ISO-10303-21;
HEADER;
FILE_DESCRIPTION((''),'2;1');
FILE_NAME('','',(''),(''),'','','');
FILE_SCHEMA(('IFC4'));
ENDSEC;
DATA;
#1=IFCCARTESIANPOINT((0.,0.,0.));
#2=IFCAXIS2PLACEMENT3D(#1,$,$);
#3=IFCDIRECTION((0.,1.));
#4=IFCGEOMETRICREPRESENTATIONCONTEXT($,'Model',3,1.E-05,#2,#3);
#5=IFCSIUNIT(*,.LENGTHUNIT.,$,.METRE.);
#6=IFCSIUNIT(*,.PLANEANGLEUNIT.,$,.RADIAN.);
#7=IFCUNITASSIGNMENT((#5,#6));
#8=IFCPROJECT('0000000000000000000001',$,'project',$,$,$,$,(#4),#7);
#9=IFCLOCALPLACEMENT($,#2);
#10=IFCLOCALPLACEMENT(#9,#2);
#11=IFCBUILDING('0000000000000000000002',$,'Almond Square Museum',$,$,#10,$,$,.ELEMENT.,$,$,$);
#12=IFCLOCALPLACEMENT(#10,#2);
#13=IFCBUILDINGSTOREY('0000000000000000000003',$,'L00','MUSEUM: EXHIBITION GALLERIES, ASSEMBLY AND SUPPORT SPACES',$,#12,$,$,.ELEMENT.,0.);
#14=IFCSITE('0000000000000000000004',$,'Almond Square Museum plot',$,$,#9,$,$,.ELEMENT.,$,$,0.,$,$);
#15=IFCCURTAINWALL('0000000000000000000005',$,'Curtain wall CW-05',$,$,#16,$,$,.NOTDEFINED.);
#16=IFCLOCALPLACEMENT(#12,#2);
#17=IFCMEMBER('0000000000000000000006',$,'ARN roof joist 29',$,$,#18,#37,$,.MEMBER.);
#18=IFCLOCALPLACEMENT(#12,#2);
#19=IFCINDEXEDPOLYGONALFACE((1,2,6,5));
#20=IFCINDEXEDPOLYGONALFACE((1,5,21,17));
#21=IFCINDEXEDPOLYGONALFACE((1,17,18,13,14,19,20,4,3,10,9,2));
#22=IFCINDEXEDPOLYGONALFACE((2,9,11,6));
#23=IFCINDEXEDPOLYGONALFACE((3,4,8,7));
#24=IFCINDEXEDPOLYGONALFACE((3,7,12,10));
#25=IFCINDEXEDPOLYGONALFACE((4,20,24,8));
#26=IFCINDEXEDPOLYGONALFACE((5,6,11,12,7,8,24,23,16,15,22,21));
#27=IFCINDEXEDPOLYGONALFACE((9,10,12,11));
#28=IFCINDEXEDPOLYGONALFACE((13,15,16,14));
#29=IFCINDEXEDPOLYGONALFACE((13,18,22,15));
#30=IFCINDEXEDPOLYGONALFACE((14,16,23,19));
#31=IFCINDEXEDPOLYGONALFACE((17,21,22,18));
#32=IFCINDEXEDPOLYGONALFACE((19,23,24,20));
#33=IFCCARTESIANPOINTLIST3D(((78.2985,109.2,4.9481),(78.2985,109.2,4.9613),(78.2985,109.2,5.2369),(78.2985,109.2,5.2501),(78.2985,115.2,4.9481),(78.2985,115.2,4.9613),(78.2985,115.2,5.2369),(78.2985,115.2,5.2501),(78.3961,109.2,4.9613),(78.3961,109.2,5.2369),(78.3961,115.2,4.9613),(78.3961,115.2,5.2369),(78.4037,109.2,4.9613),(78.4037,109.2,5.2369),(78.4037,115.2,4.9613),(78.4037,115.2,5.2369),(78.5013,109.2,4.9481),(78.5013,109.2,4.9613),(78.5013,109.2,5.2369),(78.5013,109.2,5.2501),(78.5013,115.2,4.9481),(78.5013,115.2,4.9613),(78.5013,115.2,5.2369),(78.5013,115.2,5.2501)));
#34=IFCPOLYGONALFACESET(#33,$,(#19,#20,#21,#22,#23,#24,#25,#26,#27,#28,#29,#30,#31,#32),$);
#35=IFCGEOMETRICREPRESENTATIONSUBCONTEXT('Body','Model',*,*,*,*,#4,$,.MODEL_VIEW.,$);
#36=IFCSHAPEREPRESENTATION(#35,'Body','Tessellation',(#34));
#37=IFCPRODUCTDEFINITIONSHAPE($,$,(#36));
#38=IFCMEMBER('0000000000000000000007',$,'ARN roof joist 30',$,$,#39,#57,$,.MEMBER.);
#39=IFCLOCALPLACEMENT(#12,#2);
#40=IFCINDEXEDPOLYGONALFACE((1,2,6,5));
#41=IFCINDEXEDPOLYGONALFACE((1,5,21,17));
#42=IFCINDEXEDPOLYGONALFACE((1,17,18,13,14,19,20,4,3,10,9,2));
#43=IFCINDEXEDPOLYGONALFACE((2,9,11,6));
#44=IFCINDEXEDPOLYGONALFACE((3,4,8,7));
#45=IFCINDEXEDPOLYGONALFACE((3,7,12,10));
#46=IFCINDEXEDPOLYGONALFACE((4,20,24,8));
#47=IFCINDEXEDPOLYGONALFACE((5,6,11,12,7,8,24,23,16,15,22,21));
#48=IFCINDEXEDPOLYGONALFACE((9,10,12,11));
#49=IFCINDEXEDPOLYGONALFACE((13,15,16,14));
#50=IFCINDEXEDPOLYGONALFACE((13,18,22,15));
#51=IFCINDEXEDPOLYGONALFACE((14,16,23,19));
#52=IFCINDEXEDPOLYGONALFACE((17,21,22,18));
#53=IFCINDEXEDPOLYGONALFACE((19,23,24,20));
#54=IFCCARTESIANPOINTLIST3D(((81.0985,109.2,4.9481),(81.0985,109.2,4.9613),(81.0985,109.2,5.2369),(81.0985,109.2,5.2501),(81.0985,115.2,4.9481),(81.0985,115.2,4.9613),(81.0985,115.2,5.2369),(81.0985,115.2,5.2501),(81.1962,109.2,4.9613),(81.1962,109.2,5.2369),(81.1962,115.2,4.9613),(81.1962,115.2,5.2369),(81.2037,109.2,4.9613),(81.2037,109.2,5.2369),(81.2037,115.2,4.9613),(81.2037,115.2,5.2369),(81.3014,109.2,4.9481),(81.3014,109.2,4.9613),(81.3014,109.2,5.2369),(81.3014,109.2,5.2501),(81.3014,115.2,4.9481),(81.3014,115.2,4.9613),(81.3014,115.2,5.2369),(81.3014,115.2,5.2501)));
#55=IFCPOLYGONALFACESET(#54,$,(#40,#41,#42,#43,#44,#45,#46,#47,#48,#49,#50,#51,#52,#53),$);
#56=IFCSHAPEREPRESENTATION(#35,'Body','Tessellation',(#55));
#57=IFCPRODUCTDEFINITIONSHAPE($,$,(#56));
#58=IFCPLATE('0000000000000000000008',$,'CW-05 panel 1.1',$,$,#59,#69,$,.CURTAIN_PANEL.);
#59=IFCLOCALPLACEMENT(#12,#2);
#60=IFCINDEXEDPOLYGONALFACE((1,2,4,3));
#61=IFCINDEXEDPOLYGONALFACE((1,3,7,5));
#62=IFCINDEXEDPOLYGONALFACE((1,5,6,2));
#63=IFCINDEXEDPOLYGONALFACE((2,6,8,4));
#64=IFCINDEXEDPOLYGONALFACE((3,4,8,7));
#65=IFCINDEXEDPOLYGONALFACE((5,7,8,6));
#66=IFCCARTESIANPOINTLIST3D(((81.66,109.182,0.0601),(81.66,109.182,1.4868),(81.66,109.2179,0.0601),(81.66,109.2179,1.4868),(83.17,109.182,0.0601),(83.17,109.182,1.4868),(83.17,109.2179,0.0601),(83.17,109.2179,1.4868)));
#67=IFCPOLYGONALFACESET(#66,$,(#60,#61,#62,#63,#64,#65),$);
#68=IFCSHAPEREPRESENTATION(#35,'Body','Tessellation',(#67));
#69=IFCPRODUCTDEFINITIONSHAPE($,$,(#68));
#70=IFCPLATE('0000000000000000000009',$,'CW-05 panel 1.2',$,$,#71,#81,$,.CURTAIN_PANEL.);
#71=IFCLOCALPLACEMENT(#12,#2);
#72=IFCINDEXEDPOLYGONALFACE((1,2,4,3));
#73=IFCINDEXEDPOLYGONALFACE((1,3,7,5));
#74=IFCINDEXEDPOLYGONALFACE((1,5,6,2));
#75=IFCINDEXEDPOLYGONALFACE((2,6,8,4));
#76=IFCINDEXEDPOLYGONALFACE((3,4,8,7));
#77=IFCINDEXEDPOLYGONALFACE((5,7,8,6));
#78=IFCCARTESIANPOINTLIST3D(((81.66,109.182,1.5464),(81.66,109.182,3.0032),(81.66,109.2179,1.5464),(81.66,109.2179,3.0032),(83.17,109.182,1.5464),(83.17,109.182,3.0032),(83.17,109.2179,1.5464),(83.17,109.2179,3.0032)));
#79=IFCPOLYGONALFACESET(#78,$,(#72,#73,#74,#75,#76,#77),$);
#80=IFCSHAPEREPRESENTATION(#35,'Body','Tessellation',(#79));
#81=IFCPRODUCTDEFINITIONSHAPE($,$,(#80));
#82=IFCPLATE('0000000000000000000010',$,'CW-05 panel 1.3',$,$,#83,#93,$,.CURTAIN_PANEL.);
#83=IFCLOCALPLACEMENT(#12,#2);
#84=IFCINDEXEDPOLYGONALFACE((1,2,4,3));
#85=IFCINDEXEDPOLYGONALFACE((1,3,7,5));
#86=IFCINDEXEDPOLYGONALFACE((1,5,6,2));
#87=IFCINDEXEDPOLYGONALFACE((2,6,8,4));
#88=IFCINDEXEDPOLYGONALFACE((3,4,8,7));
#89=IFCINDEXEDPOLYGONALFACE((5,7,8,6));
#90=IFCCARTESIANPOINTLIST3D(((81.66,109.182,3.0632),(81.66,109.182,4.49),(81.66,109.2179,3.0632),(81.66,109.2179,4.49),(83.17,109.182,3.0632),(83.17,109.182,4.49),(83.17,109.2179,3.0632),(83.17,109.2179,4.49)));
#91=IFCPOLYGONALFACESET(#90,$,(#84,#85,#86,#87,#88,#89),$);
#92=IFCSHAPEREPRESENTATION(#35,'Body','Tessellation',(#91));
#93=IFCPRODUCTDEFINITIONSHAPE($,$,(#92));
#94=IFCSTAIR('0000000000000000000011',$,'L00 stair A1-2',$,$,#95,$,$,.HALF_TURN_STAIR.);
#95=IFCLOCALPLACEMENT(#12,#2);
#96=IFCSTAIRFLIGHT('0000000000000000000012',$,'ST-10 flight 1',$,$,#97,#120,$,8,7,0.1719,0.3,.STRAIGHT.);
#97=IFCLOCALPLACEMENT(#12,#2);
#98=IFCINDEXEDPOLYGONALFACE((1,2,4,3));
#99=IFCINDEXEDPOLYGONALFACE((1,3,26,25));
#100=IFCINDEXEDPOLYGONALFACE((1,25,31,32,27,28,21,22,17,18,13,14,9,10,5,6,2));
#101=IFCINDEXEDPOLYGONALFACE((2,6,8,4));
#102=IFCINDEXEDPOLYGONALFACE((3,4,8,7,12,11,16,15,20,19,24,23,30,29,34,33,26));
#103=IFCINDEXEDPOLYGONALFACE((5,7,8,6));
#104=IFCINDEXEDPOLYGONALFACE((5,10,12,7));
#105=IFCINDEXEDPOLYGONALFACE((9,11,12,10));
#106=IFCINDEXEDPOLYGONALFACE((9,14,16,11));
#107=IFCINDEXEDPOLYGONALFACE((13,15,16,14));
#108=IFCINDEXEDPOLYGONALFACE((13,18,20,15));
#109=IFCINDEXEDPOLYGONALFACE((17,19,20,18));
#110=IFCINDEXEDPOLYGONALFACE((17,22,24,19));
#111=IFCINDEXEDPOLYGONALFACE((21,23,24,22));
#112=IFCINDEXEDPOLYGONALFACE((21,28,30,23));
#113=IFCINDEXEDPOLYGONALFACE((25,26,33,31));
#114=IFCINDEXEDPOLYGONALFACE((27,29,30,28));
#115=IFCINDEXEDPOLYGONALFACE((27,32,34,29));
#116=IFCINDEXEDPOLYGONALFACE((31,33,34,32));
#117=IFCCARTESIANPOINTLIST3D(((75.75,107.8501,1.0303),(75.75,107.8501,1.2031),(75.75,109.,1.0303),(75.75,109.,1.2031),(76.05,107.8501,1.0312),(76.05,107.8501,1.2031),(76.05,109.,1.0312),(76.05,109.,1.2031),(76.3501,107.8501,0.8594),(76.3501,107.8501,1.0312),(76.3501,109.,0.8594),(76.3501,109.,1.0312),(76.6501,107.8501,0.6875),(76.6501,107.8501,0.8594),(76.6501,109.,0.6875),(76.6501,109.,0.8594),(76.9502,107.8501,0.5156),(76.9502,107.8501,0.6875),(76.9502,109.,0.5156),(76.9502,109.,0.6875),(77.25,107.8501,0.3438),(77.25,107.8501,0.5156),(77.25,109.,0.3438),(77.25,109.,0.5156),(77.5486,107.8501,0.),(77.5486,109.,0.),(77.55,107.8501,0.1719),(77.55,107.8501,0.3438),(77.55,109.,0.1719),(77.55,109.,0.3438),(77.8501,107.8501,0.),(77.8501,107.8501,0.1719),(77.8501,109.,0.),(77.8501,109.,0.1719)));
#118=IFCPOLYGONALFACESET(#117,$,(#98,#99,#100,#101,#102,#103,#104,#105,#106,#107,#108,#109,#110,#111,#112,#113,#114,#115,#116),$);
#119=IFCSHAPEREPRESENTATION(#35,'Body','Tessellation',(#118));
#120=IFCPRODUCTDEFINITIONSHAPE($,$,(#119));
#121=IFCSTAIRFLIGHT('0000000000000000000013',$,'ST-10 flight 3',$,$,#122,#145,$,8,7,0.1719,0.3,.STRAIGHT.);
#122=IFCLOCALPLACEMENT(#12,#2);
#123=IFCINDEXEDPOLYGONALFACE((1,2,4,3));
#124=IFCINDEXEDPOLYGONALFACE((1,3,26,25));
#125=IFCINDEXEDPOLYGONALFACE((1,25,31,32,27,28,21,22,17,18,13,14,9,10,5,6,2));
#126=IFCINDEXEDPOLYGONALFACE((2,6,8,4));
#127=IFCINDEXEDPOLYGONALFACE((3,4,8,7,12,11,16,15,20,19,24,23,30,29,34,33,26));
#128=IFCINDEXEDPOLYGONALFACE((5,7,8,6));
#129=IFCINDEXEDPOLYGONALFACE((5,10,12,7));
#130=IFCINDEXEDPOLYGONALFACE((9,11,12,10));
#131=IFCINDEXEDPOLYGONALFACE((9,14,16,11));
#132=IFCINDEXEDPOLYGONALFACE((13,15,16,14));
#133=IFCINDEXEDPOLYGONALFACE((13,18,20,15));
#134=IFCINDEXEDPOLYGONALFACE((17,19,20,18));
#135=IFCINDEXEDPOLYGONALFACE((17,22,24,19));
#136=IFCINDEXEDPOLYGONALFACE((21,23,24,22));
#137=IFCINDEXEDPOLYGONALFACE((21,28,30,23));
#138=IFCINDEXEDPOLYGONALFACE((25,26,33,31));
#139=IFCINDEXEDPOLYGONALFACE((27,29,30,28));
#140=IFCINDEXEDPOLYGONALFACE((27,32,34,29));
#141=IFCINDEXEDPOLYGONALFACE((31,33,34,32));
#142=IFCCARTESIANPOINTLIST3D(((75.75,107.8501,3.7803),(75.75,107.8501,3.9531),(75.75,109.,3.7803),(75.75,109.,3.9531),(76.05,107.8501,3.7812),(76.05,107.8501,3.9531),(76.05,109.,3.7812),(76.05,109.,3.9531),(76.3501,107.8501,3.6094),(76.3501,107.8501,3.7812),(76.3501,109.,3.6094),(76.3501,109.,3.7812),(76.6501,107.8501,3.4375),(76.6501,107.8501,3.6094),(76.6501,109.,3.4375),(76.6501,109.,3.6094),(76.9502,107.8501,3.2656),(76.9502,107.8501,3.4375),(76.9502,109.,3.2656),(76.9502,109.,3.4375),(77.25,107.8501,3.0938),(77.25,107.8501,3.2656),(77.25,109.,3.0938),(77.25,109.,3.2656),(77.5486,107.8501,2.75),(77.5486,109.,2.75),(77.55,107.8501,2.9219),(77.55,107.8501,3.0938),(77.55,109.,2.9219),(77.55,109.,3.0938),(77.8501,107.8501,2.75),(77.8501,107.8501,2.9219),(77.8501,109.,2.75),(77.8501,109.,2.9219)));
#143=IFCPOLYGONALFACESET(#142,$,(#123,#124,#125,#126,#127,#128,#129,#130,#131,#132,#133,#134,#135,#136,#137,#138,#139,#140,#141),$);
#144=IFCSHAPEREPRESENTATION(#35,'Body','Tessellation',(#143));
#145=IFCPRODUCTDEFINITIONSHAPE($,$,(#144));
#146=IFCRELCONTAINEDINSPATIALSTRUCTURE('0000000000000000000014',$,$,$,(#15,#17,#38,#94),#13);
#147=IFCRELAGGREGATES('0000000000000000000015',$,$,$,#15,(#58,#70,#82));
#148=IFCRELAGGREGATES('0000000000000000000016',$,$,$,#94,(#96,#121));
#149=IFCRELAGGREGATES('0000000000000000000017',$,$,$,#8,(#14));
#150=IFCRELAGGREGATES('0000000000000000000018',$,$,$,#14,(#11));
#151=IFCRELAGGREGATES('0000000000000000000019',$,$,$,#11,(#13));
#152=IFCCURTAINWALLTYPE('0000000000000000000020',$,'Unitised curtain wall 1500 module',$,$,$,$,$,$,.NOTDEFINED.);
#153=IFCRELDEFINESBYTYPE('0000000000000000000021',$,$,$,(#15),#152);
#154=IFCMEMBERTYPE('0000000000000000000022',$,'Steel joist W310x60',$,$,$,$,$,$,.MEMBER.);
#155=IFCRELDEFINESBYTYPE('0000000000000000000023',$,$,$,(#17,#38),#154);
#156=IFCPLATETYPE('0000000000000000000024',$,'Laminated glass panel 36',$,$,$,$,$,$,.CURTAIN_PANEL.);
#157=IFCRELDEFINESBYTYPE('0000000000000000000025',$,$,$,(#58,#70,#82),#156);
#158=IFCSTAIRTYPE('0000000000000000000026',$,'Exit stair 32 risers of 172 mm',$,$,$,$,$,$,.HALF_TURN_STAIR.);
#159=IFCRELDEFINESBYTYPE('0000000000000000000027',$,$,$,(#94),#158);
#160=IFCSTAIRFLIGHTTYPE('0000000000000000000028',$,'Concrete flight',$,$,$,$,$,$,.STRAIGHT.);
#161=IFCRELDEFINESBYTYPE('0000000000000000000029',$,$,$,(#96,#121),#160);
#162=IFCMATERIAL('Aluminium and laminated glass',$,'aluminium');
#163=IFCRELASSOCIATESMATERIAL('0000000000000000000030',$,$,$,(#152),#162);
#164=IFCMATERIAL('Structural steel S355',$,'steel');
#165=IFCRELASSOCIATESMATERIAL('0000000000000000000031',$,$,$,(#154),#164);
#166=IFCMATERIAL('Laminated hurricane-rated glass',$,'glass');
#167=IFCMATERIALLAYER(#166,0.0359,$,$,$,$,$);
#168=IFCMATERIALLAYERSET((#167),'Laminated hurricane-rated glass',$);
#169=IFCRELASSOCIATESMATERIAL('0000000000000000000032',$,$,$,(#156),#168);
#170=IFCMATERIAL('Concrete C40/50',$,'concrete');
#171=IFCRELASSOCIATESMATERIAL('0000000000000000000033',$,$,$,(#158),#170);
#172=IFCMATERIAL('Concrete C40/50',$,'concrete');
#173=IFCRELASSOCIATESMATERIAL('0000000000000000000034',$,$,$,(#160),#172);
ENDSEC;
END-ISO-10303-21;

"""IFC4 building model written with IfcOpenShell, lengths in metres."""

from ifc_helpers import new_model, si_unit, direction, frame, origin, origin_2d, place, context, subcontext, project, spatial, polyline, rectangle, i_section, outline, extrude, material, layer, layer_set, material_profile, profile_set, type_object, element, aggregate, save


model = new_model("IFC4")

# Units and contexts
model_context = context("Model", 3, precision=1e-05, world=origin(), true_north=direction((0.0, 1.0)))
body_context = subcontext(model_context, "Body", "Model", "MODEL_VIEW")
ifc_project = project(units=[si_unit("LENGTHUNIT", "METRE"), si_unit("PLANEANGLEUNIT", "RADIAN")], contexts=[model_context])

# Site, building, storey
site_placement = place(None, origin())
site = spatial("IfcSite", under=ifc_project, at=site_placement, Name="Almond Square Museum plot", CompositionType="ELEMENT", RefElevation=0.0)
building_placement = place(site_placement, origin())
building = spatial("IfcBuilding", under=site, at=building_placement, Name="Almond Square Museum", CompositionType="ELEMENT")
storey_placement = place(building_placement, origin())
storey = spatial("IfcBuildingStorey", under=building, at=storey_placement, Name="L00", Description="MUSEUM: EXHIBITION GALLERIES, ASSEMBLY AND SUPPORT SPACES", CompositionType="ELEMENT", Elevation=0.0)

# Curtain wall
ifc_material_1 = material(Name="Aluminium and laminated glass", Category="aluminium")
curtain_wall_type = type_object("IfcCurtainWallType", Name="Unitised curtain wall 1500 module", PredefinedType="NOTDEFINED", material=ifc_material_1)
curtain_wall_placement = place(storey_placement, origin())
curtain_wall = element("IfcCurtainWall", 1, at=curtain_wall_placement, inside=storey, type_object=curtain_wall_type, Name="Curtain wall CW-05", PredefinedType="NOTDEFINED")

# Members
ifc_material_2 = material(Name="Structural steel S355", Category="steel")
ifc_material_profile_1 = material_profile(ifc_material_2, i_section(OverallWidth=0.2029, OverallDepth=0.302, WebThickness=0.0076, FlangeThickness=0.0132, at=origin_2d()))
ifc_profile_set_1 = profile_set([ifc_material_profile_1], Name="Structural steel S355")
member_type_1 = type_object("IfcMemberType", Name="Steel joist W310x60", PredefinedType="MEMBER", material=ifc_profile_set_1)
for number, where, z_axis, x_axis, name in (
    (2, (78.3999, 109.2, 5.0991), (0.0, 1.0, 0.0), (-1.0, 0.0, 0.0), "ARN roof joist 29"),
    (3, (81.2, 109.2, 5.0991), (0.0, 1.0, 0.0), (-1.0, 0.0, 0.0), "ARN roof joist 30"),
):
    element("IfcMember", number, at=place(storey_placement, frame(where, z_axis=z_axis, x_axis=x_axis)), inside=storey, type_object=member_type_1, Name=name, PredefinedType="MEMBER", context=body_context, shape_type="SweptSolid", body=[
        extrude(i_section(OverallWidth=0.2029, OverallDepth=0.302, WebThickness=0.0076, FlangeThickness=0.0132, at=origin_2d()), origin(), (0.0, 0.0, 1.0), 6.0),
    ])

# Plates
ifc_material_3 = material(Name="Laminated hurricane-rated glass", Category="glass")
ifc_layer = layer(ifc_material_3, 0.0359)
ifc_layer_set = layer_set([ifc_layer], Name="Laminated hurricane-rated glass")
plate_type = type_object("IfcPlateType", Name="Laminated glass panel 36", PredefinedType="CURTAIN_PANEL", material=ifc_layer_set)
plate_1_placement = place(storey_placement, frame((82.415, 109.2, 0.0601), z_axis=(0.0, 0.0, 1.0), x_axis=(1.0, 0.0, 0.0)))
plate_1 = element("IfcPlate", 4, at=plate_1_placement, type_object=plate_type, Name="CW-05 panel 1.1", PredefinedType="CURTAIN_PANEL", context=body_context, shape_type="SweptSolid", body=[
    extrude(rectangle(XDim=1.51, YDim=0.0359, at=origin_2d()), origin(), (0.0, 0.0, 1.0), 1.4268),
])
plate_2_placement = place(storey_placement, frame((82.415, 109.2, 1.5464), z_axis=(0.0, 0.0, 1.0), x_axis=(1.0, 0.0, 0.0)))
plate_2 = element("IfcPlate", 5, at=plate_2_placement, type_object=plate_type, Name="CW-05 panel 1.2", PredefinedType="CURTAIN_PANEL", context=body_context, shape_type="SweptSolid", body=[
    extrude(rectangle(XDim=1.51, YDim=0.0359, at=origin_2d()), origin(), (0.0, 0.0, 1.0), 1.4568),
])
plate_3_placement = place(storey_placement, frame((82.415, 109.2, 3.0632), z_axis=(0.0, 0.0, 1.0), x_axis=(1.0, 0.0, 0.0)))
plate_3 = element("IfcPlate", 6, at=plate_3_placement, type_object=plate_type, Name="CW-05 panel 1.3", PredefinedType="CURTAIN_PANEL", context=body_context, shape_type="SweptSolid", body=[
    extrude(rectangle(XDim=1.51, YDim=0.0359, at=origin_2d()), origin(), (0.0, 0.0, 1.0), 1.4268),
])
aggregate(curtain_wall, [plate_1, plate_2, plate_3])

# Stair, stair flights
ifc_material_4 = material(Name="Concrete C40/50", Category="concrete")
stair_type = type_object("IfcStairType", Name="Exit stair 32 risers of 172 mm", PredefinedType="HALF_TURN_STAIR", material=ifc_material_4)
stair_placement = place(storey_placement, origin())
stair = element("IfcStair", 7, at=stair_placement, inside=storey, type_object=stair_type, Name="L00 stair A1-2", PredefinedType="HALF_TURN_STAIR")
ifc_material_5 = material(Name="Concrete C40/50", Category="concrete")
stair_flight_type = type_object("IfcStairFlightType", Name="Concrete flight", PredefinedType="STRAIGHT", material=ifc_material_5)
stair_flight_1_placement = place(storey_placement, frame((77.8501, 108.425, 0.0), z_axis=(0.0, 0.0, 1.0), x_axis=(-1.0, 0.0, 0.0)))
stair_flight_1 = element("IfcStairFlight", 8, at=stair_flight_1_placement, type_object=stair_flight_type, Name="ST-10 flight 1", NumberOfRisers=8, NumberOfTreads=7, PredefinedType="STRAIGHT", RiserHeight=0.1719, TreadLength=0.3, context=body_context, shape_type="SweptSolid", body=[
    extrude(outline(polyline([(0.0, 0.0), (0.0, 0.1719), (0.3, 0.1719), (0.3, 0.3438), (0.6001, 0.3438), (0.6001, 0.5156), (0.8999, 0.5156), (0.8999, 0.6875), (1.2, 0.6875), (1.2, 0.8594), (1.5, 0.8594), (1.5, 1.0312), (1.8, 1.0312), (1.8, 1.2031), (2.1001, 1.2031), (2.1001, 1.375), (2.1001, 1.0303), (0.3015, 0.0), (0.0, 0.0)])), frame((0.0, 0.575, 0.0), z_axis=(0.0, -1.0, 0.0), x_axis=(1.0, 0.0, 0.0)), (0.0, 0.0, 1.0), 1.1499),
])
stair_flight_2_placement = place(storey_placement, frame((77.8501, 108.425, 2.75), z_axis=(0.0, 0.0, 1.0), x_axis=(-1.0, 0.0, 0.0)))
stair_flight_2 = element("IfcStairFlight", 9, at=stair_flight_2_placement, type_object=stair_flight_type, Name="ST-10 flight 3", NumberOfRisers=8, NumberOfTreads=7, PredefinedType="STRAIGHT", RiserHeight=0.1719, TreadLength=0.3, context=body_context, shape_type="SweptSolid", body=[
    extrude(outline(polyline([(0.0, 0.0), (0.0, 0.1719), (0.3, 0.1719), (0.3, 0.3438), (0.6001, 0.3438), (0.6001, 0.5156), (0.8999, 0.5156), (0.8999, 0.6875), (1.2, 0.6875), (1.2, 0.8594), (1.5, 0.8594), (1.5, 1.0312), (1.8, 1.0312), (1.8, 1.2031), (2.1001, 1.2031), (2.1001, 1.375), (2.1001, 1.0303), (0.3015, 0.0), (0.0, 0.0)])), frame((0.0, 0.575, 0.0), z_axis=(0.0, -1.0, 0.0), x_axis=(1.0, 0.0, 0.0)), (0.0, 0.0, 1.0), 1.1499),
])
aggregate(stair, [stair_flight_1, stair_flight_2])

save(model, "model.ifc")
